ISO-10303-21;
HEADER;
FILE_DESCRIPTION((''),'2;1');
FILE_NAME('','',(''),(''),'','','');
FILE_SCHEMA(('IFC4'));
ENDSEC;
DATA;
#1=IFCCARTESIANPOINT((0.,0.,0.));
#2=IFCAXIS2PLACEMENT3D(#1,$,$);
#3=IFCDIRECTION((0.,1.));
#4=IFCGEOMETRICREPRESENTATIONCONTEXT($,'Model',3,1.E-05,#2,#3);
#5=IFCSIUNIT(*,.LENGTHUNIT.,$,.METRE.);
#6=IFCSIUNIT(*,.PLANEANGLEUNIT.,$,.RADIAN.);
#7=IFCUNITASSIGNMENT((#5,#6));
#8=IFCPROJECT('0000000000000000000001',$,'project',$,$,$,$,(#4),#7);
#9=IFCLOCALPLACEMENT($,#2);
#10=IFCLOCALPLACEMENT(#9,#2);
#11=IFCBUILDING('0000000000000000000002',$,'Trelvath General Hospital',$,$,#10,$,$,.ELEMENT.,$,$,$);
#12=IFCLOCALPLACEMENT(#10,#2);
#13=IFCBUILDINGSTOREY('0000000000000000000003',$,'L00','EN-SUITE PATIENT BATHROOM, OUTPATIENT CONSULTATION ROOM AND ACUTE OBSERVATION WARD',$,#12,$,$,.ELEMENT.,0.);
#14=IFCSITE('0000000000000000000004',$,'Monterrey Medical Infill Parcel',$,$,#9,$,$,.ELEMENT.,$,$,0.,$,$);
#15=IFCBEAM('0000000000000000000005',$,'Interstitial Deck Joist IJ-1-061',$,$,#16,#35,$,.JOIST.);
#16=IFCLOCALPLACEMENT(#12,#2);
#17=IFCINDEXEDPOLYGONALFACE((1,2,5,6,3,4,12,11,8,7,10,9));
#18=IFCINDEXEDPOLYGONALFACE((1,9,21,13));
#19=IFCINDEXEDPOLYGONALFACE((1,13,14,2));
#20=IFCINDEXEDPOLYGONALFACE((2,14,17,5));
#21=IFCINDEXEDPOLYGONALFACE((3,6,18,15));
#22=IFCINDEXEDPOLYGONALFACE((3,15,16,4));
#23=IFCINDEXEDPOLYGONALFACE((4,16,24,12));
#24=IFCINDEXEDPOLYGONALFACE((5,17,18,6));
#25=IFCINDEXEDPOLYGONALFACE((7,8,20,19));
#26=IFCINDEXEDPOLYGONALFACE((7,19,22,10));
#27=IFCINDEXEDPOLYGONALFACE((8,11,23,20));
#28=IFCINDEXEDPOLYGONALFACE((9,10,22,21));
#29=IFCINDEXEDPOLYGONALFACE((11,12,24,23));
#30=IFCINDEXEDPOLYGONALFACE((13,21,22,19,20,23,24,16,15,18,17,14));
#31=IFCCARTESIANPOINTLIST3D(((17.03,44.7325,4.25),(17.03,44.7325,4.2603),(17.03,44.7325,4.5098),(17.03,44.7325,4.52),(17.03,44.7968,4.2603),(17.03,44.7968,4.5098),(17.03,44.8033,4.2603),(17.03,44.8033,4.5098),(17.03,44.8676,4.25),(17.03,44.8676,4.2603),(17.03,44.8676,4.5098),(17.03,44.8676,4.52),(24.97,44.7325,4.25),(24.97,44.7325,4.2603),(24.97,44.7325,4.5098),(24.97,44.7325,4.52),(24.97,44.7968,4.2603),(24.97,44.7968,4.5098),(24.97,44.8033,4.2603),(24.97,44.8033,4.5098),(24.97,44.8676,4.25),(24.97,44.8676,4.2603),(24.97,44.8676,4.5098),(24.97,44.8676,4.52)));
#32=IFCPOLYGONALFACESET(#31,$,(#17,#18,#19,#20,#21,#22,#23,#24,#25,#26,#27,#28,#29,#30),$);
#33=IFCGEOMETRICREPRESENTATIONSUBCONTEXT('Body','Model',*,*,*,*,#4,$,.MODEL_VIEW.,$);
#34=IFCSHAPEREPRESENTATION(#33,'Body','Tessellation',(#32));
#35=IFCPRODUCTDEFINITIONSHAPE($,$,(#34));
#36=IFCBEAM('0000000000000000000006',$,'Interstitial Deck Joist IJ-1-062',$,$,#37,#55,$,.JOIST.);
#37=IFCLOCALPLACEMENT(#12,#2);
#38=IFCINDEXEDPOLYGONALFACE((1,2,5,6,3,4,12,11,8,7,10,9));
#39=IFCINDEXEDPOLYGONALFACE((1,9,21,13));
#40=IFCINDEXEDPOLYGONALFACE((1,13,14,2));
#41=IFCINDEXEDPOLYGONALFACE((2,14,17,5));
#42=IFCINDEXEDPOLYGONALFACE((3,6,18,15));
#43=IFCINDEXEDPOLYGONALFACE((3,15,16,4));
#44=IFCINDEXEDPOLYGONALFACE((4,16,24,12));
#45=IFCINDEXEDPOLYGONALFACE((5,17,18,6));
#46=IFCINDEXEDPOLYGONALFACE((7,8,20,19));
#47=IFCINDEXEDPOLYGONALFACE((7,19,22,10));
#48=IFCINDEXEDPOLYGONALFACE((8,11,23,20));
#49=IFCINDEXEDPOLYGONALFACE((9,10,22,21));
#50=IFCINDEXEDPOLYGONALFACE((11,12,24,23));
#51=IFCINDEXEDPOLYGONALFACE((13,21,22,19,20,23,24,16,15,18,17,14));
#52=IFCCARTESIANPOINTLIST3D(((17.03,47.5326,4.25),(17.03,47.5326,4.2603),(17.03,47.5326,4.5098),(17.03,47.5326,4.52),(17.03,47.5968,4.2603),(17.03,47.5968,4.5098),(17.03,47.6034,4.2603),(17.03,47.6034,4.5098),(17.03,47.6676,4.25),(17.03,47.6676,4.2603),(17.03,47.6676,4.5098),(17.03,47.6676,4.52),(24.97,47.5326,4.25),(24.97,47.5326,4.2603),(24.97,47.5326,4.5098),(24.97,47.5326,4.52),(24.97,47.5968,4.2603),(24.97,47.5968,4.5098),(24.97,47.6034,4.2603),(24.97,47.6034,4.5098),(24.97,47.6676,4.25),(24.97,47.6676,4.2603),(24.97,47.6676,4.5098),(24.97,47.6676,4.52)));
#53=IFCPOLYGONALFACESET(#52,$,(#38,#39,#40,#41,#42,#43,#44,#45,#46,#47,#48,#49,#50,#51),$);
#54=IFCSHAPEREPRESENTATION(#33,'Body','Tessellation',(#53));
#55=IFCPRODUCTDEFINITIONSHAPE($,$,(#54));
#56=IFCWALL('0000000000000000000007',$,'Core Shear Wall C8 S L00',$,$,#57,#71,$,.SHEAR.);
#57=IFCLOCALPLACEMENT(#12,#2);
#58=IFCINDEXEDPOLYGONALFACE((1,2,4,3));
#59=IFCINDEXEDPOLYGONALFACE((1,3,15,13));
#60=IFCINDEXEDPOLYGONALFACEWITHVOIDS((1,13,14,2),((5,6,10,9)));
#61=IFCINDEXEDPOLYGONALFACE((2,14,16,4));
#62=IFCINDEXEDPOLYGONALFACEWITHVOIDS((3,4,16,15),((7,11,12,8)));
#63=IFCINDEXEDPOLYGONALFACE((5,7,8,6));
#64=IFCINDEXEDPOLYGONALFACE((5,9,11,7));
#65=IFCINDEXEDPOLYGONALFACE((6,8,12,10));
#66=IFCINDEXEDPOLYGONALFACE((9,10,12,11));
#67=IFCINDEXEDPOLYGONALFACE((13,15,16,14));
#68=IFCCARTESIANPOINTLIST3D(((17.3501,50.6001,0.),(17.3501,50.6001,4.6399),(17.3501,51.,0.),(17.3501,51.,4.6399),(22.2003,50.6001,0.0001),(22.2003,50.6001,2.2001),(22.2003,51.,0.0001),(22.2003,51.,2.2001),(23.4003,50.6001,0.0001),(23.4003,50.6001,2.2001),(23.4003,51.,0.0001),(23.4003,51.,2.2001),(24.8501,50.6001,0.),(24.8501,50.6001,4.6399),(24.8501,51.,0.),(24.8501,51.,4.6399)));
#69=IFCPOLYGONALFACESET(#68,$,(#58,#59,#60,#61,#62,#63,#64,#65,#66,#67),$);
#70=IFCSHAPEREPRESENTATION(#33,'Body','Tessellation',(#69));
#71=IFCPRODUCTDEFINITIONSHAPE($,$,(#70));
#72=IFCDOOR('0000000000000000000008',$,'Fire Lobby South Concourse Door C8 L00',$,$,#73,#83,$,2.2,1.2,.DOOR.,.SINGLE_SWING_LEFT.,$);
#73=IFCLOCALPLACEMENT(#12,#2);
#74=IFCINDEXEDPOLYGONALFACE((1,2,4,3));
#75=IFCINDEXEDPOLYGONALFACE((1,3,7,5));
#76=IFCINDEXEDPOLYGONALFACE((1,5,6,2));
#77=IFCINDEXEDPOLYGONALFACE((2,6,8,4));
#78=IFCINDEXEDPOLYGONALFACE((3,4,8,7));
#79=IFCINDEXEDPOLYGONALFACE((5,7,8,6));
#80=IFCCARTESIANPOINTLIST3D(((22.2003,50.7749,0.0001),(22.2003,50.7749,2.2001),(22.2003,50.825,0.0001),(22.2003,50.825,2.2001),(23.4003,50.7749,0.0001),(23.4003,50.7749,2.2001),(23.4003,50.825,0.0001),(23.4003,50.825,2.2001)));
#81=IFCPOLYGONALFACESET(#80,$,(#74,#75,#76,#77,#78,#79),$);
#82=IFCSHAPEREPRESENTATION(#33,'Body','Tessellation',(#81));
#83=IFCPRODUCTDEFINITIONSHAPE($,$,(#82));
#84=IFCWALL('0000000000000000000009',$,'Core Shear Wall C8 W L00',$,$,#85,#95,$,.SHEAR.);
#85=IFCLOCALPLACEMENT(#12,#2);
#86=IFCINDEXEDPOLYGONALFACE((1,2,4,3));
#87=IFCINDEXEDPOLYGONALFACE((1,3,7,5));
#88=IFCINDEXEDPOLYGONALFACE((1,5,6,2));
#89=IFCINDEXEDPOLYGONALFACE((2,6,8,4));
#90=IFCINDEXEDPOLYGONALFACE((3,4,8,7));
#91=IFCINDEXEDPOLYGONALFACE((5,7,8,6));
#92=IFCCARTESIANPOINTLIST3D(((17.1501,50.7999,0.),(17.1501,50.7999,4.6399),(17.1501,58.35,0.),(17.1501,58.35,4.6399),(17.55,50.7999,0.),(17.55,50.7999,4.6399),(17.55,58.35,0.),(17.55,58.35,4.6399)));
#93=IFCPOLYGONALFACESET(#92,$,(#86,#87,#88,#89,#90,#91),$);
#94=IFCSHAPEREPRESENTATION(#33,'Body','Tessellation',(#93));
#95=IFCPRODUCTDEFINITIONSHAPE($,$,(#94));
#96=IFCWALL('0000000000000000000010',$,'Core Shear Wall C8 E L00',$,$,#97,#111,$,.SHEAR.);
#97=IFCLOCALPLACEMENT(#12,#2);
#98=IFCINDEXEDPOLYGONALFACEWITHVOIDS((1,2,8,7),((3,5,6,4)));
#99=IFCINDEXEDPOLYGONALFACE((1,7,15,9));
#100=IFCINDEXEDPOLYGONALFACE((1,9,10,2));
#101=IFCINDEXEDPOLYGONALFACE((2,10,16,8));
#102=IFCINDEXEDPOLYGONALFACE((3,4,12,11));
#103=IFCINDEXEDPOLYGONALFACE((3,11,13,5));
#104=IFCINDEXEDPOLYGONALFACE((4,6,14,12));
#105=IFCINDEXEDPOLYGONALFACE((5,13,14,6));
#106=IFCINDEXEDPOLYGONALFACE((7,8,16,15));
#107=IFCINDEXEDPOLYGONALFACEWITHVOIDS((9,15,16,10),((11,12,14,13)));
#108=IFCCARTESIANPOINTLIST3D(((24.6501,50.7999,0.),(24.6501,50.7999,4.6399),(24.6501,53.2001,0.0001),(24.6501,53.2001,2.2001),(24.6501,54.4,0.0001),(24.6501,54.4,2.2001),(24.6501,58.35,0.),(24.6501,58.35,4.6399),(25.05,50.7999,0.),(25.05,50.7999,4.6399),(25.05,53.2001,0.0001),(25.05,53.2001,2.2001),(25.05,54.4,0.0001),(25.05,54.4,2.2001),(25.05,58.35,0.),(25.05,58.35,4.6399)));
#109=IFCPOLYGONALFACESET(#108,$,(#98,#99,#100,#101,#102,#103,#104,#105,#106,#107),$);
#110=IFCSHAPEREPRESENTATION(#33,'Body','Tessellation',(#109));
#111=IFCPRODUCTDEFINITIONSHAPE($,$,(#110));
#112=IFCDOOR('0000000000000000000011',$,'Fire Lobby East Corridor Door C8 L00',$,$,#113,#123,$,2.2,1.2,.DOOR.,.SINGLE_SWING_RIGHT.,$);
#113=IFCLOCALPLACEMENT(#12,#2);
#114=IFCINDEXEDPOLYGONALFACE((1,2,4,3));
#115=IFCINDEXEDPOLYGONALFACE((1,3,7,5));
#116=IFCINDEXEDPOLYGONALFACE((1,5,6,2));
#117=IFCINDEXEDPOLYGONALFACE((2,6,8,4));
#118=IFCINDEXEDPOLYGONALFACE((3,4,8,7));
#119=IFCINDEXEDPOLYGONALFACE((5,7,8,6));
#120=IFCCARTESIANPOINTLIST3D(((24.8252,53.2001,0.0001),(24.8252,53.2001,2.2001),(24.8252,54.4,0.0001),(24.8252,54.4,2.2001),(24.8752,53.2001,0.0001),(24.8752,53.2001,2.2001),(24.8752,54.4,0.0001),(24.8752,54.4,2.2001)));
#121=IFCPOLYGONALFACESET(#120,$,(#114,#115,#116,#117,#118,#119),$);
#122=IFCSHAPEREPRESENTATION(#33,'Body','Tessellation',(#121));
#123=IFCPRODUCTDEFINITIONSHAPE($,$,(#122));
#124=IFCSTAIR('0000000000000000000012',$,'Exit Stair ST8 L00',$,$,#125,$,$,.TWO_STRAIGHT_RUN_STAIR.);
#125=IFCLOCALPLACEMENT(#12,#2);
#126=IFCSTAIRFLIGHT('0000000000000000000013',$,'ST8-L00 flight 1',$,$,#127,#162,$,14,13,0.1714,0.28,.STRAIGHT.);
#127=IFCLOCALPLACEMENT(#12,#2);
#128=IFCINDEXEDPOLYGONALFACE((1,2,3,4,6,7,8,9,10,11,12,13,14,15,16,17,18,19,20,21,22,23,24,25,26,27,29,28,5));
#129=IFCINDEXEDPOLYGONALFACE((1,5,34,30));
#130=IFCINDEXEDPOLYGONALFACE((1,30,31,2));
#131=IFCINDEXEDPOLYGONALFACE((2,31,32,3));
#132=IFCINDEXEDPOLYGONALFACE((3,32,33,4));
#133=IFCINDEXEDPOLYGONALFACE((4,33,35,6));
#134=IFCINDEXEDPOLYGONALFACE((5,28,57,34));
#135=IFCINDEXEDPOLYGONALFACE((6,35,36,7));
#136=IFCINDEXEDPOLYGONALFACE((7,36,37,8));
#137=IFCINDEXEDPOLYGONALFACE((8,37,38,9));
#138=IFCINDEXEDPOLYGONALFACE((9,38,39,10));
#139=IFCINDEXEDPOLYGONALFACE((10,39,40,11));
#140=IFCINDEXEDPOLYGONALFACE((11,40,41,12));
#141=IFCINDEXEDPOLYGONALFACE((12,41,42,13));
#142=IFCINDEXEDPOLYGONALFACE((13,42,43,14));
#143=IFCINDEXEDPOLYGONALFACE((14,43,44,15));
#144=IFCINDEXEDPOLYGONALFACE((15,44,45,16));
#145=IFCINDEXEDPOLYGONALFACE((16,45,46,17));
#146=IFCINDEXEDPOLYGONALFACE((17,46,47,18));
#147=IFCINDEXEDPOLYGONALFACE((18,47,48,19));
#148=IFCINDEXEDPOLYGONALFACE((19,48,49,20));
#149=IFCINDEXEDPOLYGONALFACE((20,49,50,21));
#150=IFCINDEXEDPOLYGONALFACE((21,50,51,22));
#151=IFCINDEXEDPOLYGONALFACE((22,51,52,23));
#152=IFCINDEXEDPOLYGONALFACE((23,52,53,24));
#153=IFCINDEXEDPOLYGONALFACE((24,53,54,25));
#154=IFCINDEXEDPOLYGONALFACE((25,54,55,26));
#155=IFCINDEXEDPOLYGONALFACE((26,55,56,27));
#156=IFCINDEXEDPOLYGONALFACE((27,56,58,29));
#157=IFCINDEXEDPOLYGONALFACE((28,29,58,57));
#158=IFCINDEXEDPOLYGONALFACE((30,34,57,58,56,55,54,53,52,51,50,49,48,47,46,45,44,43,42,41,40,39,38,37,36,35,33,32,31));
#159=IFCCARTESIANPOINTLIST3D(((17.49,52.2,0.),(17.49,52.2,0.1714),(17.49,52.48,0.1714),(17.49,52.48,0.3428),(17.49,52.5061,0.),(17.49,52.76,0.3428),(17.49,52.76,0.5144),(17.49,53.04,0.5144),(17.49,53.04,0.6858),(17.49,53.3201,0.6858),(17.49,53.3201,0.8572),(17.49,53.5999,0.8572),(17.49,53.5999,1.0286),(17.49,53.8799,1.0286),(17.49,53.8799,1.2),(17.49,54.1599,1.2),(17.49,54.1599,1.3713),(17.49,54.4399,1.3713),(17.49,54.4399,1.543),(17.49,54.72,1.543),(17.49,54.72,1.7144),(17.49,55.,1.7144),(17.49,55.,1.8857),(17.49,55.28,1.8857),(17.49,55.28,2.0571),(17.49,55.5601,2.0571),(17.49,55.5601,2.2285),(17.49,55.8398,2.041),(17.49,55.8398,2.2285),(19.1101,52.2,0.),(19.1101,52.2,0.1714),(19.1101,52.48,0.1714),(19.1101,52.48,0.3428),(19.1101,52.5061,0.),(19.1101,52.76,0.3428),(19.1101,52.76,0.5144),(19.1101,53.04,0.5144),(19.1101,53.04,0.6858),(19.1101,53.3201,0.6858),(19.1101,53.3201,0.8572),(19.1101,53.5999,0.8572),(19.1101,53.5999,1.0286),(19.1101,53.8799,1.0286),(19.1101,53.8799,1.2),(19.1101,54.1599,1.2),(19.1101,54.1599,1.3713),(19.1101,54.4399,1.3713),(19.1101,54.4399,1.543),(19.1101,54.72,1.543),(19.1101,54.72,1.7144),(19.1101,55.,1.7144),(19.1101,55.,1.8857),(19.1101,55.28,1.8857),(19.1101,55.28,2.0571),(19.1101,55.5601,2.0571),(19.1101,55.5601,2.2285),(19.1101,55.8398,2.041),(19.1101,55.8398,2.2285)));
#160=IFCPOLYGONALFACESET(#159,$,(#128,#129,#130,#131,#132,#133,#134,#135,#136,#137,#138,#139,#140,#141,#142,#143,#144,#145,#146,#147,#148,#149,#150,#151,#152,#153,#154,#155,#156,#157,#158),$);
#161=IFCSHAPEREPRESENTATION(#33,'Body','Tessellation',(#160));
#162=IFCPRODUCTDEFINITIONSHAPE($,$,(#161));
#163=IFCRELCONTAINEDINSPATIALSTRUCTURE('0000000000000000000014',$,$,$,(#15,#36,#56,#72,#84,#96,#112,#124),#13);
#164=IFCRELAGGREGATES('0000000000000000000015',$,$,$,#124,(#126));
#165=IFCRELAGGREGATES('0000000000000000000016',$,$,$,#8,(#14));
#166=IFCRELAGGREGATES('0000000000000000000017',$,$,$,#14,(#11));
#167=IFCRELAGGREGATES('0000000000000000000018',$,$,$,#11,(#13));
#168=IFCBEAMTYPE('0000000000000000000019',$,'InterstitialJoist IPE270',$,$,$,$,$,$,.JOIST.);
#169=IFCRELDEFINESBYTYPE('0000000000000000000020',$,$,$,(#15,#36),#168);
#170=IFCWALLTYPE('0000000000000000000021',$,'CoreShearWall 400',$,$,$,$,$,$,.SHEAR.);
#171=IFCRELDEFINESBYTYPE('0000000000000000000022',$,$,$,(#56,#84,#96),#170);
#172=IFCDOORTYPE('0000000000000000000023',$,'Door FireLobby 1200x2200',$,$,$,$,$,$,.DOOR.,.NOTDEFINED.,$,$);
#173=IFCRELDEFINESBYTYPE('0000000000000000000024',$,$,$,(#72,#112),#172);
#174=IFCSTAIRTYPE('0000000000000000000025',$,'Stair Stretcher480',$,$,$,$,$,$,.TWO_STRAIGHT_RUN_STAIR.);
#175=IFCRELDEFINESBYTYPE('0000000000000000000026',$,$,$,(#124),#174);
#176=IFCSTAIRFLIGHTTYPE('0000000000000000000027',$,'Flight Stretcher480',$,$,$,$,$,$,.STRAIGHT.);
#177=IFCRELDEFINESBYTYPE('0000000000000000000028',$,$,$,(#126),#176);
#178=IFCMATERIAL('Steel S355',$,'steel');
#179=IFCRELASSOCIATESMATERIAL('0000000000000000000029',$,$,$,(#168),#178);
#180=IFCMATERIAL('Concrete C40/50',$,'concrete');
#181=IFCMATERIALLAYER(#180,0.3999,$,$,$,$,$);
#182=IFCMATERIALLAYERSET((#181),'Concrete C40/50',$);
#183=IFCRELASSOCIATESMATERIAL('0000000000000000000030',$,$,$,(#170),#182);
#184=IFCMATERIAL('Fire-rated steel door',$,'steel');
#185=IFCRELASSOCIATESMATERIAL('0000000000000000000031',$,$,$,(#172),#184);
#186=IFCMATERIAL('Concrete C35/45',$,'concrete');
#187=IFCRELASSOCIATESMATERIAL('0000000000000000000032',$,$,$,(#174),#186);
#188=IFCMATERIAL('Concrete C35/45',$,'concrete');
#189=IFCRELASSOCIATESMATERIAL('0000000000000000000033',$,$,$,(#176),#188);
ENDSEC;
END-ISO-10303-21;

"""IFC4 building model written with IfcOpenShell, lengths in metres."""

from ifc_helpers import new_model, si_unit, direction, frame, frame_2d, origin, origin_2d, place, context, subcontext, project, spatial, polyline, rectangle, i_section, outline, extrude, material, layer, layer_set, material_profile, profile_set, type_object, element, fill, aggregate, save


model = new_model("IFC4")

# Units and contexts
model_context = context("Model", 3, precision=1e-05, world=origin(), true_north=direction((0.0, 1.0)))
body_context = subcontext(model_context, "Body", "Model", "MODEL_VIEW")
ifc_project = project(units=[si_unit("LENGTHUNIT", "METRE"), si_unit("PLANEANGLEUNIT", "RADIAN")], contexts=[model_context])

# Site, building, storey
site_placement = place(None, origin())
site = spatial("IfcSite", under=ifc_project, at=site_placement, Name="Monterrey Medical Infill Parcel", CompositionType="ELEMENT", RefElevation=0.0)
building_placement = place(site_placement, origin())
building = spatial("IfcBuilding", under=site, at=building_placement, Name="Trelvath General Hospital", CompositionType="ELEMENT")
storey_placement = place(building_placement, origin())
storey = spatial("IfcBuildingStorey", under=building, at=storey_placement, Name="L00", Description="EN-SUITE PATIENT BATHROOM, OUTPATIENT CONSULTATION ROOM AND ACUTE OBSERVATION WARD", CompositionType="ELEMENT", Elevation=0.0)

# Beams
ifc_material_1 = material(Name="Steel S355", Category="steel")
ifc_material_profile_1 = material_profile(ifc_material_1, i_section(OverallWidth=0.135, OverallDepth=0.27, WebThickness=0.0066, FlangeThickness=0.0103, at=origin_2d()), Name="IPE270")
ifc_profile_set_1 = profile_set([ifc_material_profile_1], Name="Steel S355")
beam_type_1 = type_object("IfcBeamType", Name="InterstitialJoist IPE270", PredefinedType="JOIST", material=ifc_profile_set_1)
for number, where, z_axis, x_axis, name in (
    (1, (17.03, 44.8, 4.385), (1.0, 0.0, 0.0), (0.0, 1.0, 0.0), "Interstitial Deck Joist IJ-1-061"),
    (2, (17.03, 47.6001, 4.385), (1.0, 0.0, 0.0), (0.0, 1.0, 0.0), "Interstitial Deck Joist IJ-1-062"),
):
    element("IfcBeam", number, at=place(storey_placement, frame(where, z_axis=z_axis, x_axis=x_axis)), inside=storey, type_object=beam_type_1, Name=name, PredefinedType="JOIST", context=body_context, shape_type="SweptSolid", body=[
        extrude(i_section(OverallWidth=0.135, OverallDepth=0.27, WebThickness=0.0066, FlangeThickness=0.0103, at=origin_2d()), origin(), (0.0, 0.0, 1.0), 7.9399),
    ])

# Wall, opening, door
ifc_material_2 = material(Name="Concrete C40/50", Category="concrete")
ifc_layer_1 = layer(ifc_material_2, 0.3999)
ifc_layer_set_1 = layer_set([ifc_layer_1], Name="Concrete C40/50")
wall_type = type_object("IfcWallType", Name="CoreShearWall 400", PredefinedType="SHEAR", material=ifc_layer_set_1)
wall_1_placement = place(storey_placement, frame((17.3501, 50.8, 0.0), z_axis=(0.0, 0.0, 1.0), x_axis=(1.0, 0.0, 0.0)))
wall_1 = element("IfcWall", 3, at=wall_1_placement, inside=storey, type_object=wall_type, Name="Core Shear Wall C8 S L00", PredefinedType="SHEAR", context=body_context, shape_type="SweptSolid", body=[
    extrude(rectangle(XDim=7.5, YDim=0.3999, at=frame_2d((3.75, 0.0))), origin(), (0.0, 0.0, 1.0), 4.6399),
])
opening_1_placement = place(wall_1_placement, frame((4.8501, 0.0, 0.0)))
opening_1 = element("IfcOpeningElement", 4, at=opening_1_placement, cuts=wall_1, PredefinedType="OPENING", context=body_context, shape_type="SweptSolid", body=[
    extrude(rectangle(XDim=1.2, YDim=2.2, at=frame_2d((0.6001, 1.1001))), frame((0.0, 0.21, 0.0), z_axis=(0.0, -1.0, 0.0), x_axis=(1.0, 0.0, 0.0)), (0.0, 0.0, 1.0), 0.4199),
])
ifc_material_3 = material(Name="Fire-rated steel door", Category="steel")
door_type_1 = type_object("IfcDoorType", Name="Door FireLobby 1200x2200", OperationType="NOTDEFINED", PredefinedType="DOOR", material=ifc_material_3)
door_1_placement = place(opening_1_placement, origin())
door_1 = element("IfcDoor", 5, at=door_1_placement, inside=storey, type_object=door_type_1, Name="Fire Lobby South Concourse Door C8 L00", OperationType="SINGLE_SWING_LEFT", OverallHeight=2.2, OverallWidth=1.2, PredefinedType="DOOR", context=body_context, shape_type="SweptSolid", body=[
    extrude(rectangle(XDim=1.2, YDim=2.2, at=frame_2d((0.6001, 1.1001))), frame((0.0, 0.0249, 0.0), z_axis=(0.0, -1.0, 0.0), x_axis=(1.0, 0.0, 0.0)), (0.0, 0.0, 1.0), 0.05),
])
fill(opening_1, door_1)

# Wall
wall_2_placement = place(storey_placement, frame((17.3501, 50.8, 0.0), z_axis=(0.0, 0.0, 1.0), x_axis=(0.0, 1.0, 0.0)))
element("IfcWall", 6, at=wall_2_placement, inside=storey, type_object=wall_type, Name="Core Shear Wall C8 W L00", PredefinedType="SHEAR", context=body_context, shape_type="SweptSolid", body=[
    extrude(rectangle(XDim=7.55, YDim=0.3999, at=frame_2d((3.7749, 0.0))), origin(), (0.0, 0.0, 1.0), 4.6399),
])

# Wall, opening, door
wall_3_placement = place(storey_placement, frame((24.8501, 50.8, 0.0), z_axis=(0.0, 0.0, 1.0), x_axis=(0.0, 1.0, 0.0)))
wall_3 = element("IfcWall", 7, at=wall_3_placement, inside=storey, type_object=wall_type, Name="Core Shear Wall C8 E L00", PredefinedType="SHEAR", context=body_context, shape_type="SweptSolid", body=[
    extrude(rectangle(XDim=7.55, YDim=0.3999, at=frame_2d((3.7749, 0.0))), origin(), (0.0, 0.0, 1.0), 4.6399),
])
opening_2_placement = place(wall_3_placement, frame((2.3999, 0.0, 0.0)))
opening_2 = element("IfcOpeningElement", 8, at=opening_2_placement, cuts=wall_3, PredefinedType="OPENING", context=body_context, shape_type="SweptSolid", body=[
    extrude(rectangle(XDim=1.2, YDim=2.2, at=frame_2d((0.6001, 1.1001))), frame((0.0, 0.21, 0.0), z_axis=(0.0, -1.0, 0.0), x_axis=(1.0, 0.0, 0.0)), (0.0, 0.0, 1.0), 0.4199),
])
door_2_placement = place(opening_2_placement, origin())
door_2 = element("IfcDoor", 9, at=door_2_placement, inside=storey, type_object=door_type_1, Name="Fire Lobby East Corridor Door C8 L00", OperationType="SINGLE_SWING_RIGHT", OverallHeight=2.2, OverallWidth=1.2, PredefinedType="DOOR", context=body_context, shape_type="SweptSolid", body=[
    extrude(rectangle(XDim=1.2, YDim=2.2, at=frame_2d((0.6001, 1.1001))), frame((0.0, 0.0249, 0.0), z_axis=(0.0, -1.0, 0.0), x_axis=(1.0, 0.0, 0.0)), (0.0, 0.0, 1.0), 0.05),
])
fill(opening_2, door_2)

# Stair, stair flight
ifc_material_4 = material(Name="Concrete C35/45", Category="concrete")
stair_type = type_object("IfcStairType", Name="Stair Stretcher480", PredefinedType="TWO_STRAIGHT_RUN_STAIR", material=ifc_material_4)
stair_placement = place(storey_placement, origin())
stair = element("IfcStair", 10, at=stair_placement, inside=storey, type_object=stair_type, Name="Exit Stair ST8 L00", PredefinedType="TWO_STRAIGHT_RUN_STAIR")
ifc_material_5 = material(Name="Concrete C35/45", Category="concrete")
stair_flight_type = type_object("IfcStairFlightType", Name="Flight Stretcher480", PredefinedType="STRAIGHT", material=ifc_material_5)
stair_flight_placement = place(storey_placement, frame((18.3, 52.2, 0.0), z_axis=(0.0, 0.0, 1.0), x_axis=(0.0, 1.0, 0.0)))
stair_flight = element("IfcStairFlight", 11, at=stair_flight_placement, type_object=stair_flight_type, Name="ST8-L00 flight 1", NumberOfRisers=14, NumberOfTreads=13, PredefinedType="STRAIGHT", RiserHeight=0.1714, TreadLength=0.28, context=body_context, shape_type="SweptSolid", body=[
    extrude(outline(polyline([(0.0, 0.0), (0.0, 0.1714), (0.28, 0.1714), (0.28, 0.3428), (0.5601, 0.3428), (0.5601, 0.5144), (0.8401, 0.5144), (0.8401, 0.6858), (1.1201, 0.6858), (1.1201, 0.8572), (1.3999, 0.8572), (1.3999, 1.0286), (1.6799, 1.0286), (1.6799, 1.2), (1.96, 1.2), (1.96, 1.3713), (2.24, 1.3713), (2.24, 1.543), (2.52, 1.543), (2.52, 1.7144), (2.8, 1.7144), (2.8, 1.8857), (3.0801, 1.8857), (3.0801, 2.0571), (3.3601, 2.0571), (3.3601, 2.2285), (3.6399, 2.2285), (3.6399, 2.3999), (3.6399, 2.041), (0.3062, 0.0), (0.0, 0.0)])), frame((0.0, 0.8101, 0.0), z_axis=(0.0, -1.0, 0.0), x_axis=(1.0, 0.0, 0.0)), (0.0, 0.0, 1.0), 1.6201),
])
aggregate(stair, [stair_flight])

save(model, "model.ifc")
